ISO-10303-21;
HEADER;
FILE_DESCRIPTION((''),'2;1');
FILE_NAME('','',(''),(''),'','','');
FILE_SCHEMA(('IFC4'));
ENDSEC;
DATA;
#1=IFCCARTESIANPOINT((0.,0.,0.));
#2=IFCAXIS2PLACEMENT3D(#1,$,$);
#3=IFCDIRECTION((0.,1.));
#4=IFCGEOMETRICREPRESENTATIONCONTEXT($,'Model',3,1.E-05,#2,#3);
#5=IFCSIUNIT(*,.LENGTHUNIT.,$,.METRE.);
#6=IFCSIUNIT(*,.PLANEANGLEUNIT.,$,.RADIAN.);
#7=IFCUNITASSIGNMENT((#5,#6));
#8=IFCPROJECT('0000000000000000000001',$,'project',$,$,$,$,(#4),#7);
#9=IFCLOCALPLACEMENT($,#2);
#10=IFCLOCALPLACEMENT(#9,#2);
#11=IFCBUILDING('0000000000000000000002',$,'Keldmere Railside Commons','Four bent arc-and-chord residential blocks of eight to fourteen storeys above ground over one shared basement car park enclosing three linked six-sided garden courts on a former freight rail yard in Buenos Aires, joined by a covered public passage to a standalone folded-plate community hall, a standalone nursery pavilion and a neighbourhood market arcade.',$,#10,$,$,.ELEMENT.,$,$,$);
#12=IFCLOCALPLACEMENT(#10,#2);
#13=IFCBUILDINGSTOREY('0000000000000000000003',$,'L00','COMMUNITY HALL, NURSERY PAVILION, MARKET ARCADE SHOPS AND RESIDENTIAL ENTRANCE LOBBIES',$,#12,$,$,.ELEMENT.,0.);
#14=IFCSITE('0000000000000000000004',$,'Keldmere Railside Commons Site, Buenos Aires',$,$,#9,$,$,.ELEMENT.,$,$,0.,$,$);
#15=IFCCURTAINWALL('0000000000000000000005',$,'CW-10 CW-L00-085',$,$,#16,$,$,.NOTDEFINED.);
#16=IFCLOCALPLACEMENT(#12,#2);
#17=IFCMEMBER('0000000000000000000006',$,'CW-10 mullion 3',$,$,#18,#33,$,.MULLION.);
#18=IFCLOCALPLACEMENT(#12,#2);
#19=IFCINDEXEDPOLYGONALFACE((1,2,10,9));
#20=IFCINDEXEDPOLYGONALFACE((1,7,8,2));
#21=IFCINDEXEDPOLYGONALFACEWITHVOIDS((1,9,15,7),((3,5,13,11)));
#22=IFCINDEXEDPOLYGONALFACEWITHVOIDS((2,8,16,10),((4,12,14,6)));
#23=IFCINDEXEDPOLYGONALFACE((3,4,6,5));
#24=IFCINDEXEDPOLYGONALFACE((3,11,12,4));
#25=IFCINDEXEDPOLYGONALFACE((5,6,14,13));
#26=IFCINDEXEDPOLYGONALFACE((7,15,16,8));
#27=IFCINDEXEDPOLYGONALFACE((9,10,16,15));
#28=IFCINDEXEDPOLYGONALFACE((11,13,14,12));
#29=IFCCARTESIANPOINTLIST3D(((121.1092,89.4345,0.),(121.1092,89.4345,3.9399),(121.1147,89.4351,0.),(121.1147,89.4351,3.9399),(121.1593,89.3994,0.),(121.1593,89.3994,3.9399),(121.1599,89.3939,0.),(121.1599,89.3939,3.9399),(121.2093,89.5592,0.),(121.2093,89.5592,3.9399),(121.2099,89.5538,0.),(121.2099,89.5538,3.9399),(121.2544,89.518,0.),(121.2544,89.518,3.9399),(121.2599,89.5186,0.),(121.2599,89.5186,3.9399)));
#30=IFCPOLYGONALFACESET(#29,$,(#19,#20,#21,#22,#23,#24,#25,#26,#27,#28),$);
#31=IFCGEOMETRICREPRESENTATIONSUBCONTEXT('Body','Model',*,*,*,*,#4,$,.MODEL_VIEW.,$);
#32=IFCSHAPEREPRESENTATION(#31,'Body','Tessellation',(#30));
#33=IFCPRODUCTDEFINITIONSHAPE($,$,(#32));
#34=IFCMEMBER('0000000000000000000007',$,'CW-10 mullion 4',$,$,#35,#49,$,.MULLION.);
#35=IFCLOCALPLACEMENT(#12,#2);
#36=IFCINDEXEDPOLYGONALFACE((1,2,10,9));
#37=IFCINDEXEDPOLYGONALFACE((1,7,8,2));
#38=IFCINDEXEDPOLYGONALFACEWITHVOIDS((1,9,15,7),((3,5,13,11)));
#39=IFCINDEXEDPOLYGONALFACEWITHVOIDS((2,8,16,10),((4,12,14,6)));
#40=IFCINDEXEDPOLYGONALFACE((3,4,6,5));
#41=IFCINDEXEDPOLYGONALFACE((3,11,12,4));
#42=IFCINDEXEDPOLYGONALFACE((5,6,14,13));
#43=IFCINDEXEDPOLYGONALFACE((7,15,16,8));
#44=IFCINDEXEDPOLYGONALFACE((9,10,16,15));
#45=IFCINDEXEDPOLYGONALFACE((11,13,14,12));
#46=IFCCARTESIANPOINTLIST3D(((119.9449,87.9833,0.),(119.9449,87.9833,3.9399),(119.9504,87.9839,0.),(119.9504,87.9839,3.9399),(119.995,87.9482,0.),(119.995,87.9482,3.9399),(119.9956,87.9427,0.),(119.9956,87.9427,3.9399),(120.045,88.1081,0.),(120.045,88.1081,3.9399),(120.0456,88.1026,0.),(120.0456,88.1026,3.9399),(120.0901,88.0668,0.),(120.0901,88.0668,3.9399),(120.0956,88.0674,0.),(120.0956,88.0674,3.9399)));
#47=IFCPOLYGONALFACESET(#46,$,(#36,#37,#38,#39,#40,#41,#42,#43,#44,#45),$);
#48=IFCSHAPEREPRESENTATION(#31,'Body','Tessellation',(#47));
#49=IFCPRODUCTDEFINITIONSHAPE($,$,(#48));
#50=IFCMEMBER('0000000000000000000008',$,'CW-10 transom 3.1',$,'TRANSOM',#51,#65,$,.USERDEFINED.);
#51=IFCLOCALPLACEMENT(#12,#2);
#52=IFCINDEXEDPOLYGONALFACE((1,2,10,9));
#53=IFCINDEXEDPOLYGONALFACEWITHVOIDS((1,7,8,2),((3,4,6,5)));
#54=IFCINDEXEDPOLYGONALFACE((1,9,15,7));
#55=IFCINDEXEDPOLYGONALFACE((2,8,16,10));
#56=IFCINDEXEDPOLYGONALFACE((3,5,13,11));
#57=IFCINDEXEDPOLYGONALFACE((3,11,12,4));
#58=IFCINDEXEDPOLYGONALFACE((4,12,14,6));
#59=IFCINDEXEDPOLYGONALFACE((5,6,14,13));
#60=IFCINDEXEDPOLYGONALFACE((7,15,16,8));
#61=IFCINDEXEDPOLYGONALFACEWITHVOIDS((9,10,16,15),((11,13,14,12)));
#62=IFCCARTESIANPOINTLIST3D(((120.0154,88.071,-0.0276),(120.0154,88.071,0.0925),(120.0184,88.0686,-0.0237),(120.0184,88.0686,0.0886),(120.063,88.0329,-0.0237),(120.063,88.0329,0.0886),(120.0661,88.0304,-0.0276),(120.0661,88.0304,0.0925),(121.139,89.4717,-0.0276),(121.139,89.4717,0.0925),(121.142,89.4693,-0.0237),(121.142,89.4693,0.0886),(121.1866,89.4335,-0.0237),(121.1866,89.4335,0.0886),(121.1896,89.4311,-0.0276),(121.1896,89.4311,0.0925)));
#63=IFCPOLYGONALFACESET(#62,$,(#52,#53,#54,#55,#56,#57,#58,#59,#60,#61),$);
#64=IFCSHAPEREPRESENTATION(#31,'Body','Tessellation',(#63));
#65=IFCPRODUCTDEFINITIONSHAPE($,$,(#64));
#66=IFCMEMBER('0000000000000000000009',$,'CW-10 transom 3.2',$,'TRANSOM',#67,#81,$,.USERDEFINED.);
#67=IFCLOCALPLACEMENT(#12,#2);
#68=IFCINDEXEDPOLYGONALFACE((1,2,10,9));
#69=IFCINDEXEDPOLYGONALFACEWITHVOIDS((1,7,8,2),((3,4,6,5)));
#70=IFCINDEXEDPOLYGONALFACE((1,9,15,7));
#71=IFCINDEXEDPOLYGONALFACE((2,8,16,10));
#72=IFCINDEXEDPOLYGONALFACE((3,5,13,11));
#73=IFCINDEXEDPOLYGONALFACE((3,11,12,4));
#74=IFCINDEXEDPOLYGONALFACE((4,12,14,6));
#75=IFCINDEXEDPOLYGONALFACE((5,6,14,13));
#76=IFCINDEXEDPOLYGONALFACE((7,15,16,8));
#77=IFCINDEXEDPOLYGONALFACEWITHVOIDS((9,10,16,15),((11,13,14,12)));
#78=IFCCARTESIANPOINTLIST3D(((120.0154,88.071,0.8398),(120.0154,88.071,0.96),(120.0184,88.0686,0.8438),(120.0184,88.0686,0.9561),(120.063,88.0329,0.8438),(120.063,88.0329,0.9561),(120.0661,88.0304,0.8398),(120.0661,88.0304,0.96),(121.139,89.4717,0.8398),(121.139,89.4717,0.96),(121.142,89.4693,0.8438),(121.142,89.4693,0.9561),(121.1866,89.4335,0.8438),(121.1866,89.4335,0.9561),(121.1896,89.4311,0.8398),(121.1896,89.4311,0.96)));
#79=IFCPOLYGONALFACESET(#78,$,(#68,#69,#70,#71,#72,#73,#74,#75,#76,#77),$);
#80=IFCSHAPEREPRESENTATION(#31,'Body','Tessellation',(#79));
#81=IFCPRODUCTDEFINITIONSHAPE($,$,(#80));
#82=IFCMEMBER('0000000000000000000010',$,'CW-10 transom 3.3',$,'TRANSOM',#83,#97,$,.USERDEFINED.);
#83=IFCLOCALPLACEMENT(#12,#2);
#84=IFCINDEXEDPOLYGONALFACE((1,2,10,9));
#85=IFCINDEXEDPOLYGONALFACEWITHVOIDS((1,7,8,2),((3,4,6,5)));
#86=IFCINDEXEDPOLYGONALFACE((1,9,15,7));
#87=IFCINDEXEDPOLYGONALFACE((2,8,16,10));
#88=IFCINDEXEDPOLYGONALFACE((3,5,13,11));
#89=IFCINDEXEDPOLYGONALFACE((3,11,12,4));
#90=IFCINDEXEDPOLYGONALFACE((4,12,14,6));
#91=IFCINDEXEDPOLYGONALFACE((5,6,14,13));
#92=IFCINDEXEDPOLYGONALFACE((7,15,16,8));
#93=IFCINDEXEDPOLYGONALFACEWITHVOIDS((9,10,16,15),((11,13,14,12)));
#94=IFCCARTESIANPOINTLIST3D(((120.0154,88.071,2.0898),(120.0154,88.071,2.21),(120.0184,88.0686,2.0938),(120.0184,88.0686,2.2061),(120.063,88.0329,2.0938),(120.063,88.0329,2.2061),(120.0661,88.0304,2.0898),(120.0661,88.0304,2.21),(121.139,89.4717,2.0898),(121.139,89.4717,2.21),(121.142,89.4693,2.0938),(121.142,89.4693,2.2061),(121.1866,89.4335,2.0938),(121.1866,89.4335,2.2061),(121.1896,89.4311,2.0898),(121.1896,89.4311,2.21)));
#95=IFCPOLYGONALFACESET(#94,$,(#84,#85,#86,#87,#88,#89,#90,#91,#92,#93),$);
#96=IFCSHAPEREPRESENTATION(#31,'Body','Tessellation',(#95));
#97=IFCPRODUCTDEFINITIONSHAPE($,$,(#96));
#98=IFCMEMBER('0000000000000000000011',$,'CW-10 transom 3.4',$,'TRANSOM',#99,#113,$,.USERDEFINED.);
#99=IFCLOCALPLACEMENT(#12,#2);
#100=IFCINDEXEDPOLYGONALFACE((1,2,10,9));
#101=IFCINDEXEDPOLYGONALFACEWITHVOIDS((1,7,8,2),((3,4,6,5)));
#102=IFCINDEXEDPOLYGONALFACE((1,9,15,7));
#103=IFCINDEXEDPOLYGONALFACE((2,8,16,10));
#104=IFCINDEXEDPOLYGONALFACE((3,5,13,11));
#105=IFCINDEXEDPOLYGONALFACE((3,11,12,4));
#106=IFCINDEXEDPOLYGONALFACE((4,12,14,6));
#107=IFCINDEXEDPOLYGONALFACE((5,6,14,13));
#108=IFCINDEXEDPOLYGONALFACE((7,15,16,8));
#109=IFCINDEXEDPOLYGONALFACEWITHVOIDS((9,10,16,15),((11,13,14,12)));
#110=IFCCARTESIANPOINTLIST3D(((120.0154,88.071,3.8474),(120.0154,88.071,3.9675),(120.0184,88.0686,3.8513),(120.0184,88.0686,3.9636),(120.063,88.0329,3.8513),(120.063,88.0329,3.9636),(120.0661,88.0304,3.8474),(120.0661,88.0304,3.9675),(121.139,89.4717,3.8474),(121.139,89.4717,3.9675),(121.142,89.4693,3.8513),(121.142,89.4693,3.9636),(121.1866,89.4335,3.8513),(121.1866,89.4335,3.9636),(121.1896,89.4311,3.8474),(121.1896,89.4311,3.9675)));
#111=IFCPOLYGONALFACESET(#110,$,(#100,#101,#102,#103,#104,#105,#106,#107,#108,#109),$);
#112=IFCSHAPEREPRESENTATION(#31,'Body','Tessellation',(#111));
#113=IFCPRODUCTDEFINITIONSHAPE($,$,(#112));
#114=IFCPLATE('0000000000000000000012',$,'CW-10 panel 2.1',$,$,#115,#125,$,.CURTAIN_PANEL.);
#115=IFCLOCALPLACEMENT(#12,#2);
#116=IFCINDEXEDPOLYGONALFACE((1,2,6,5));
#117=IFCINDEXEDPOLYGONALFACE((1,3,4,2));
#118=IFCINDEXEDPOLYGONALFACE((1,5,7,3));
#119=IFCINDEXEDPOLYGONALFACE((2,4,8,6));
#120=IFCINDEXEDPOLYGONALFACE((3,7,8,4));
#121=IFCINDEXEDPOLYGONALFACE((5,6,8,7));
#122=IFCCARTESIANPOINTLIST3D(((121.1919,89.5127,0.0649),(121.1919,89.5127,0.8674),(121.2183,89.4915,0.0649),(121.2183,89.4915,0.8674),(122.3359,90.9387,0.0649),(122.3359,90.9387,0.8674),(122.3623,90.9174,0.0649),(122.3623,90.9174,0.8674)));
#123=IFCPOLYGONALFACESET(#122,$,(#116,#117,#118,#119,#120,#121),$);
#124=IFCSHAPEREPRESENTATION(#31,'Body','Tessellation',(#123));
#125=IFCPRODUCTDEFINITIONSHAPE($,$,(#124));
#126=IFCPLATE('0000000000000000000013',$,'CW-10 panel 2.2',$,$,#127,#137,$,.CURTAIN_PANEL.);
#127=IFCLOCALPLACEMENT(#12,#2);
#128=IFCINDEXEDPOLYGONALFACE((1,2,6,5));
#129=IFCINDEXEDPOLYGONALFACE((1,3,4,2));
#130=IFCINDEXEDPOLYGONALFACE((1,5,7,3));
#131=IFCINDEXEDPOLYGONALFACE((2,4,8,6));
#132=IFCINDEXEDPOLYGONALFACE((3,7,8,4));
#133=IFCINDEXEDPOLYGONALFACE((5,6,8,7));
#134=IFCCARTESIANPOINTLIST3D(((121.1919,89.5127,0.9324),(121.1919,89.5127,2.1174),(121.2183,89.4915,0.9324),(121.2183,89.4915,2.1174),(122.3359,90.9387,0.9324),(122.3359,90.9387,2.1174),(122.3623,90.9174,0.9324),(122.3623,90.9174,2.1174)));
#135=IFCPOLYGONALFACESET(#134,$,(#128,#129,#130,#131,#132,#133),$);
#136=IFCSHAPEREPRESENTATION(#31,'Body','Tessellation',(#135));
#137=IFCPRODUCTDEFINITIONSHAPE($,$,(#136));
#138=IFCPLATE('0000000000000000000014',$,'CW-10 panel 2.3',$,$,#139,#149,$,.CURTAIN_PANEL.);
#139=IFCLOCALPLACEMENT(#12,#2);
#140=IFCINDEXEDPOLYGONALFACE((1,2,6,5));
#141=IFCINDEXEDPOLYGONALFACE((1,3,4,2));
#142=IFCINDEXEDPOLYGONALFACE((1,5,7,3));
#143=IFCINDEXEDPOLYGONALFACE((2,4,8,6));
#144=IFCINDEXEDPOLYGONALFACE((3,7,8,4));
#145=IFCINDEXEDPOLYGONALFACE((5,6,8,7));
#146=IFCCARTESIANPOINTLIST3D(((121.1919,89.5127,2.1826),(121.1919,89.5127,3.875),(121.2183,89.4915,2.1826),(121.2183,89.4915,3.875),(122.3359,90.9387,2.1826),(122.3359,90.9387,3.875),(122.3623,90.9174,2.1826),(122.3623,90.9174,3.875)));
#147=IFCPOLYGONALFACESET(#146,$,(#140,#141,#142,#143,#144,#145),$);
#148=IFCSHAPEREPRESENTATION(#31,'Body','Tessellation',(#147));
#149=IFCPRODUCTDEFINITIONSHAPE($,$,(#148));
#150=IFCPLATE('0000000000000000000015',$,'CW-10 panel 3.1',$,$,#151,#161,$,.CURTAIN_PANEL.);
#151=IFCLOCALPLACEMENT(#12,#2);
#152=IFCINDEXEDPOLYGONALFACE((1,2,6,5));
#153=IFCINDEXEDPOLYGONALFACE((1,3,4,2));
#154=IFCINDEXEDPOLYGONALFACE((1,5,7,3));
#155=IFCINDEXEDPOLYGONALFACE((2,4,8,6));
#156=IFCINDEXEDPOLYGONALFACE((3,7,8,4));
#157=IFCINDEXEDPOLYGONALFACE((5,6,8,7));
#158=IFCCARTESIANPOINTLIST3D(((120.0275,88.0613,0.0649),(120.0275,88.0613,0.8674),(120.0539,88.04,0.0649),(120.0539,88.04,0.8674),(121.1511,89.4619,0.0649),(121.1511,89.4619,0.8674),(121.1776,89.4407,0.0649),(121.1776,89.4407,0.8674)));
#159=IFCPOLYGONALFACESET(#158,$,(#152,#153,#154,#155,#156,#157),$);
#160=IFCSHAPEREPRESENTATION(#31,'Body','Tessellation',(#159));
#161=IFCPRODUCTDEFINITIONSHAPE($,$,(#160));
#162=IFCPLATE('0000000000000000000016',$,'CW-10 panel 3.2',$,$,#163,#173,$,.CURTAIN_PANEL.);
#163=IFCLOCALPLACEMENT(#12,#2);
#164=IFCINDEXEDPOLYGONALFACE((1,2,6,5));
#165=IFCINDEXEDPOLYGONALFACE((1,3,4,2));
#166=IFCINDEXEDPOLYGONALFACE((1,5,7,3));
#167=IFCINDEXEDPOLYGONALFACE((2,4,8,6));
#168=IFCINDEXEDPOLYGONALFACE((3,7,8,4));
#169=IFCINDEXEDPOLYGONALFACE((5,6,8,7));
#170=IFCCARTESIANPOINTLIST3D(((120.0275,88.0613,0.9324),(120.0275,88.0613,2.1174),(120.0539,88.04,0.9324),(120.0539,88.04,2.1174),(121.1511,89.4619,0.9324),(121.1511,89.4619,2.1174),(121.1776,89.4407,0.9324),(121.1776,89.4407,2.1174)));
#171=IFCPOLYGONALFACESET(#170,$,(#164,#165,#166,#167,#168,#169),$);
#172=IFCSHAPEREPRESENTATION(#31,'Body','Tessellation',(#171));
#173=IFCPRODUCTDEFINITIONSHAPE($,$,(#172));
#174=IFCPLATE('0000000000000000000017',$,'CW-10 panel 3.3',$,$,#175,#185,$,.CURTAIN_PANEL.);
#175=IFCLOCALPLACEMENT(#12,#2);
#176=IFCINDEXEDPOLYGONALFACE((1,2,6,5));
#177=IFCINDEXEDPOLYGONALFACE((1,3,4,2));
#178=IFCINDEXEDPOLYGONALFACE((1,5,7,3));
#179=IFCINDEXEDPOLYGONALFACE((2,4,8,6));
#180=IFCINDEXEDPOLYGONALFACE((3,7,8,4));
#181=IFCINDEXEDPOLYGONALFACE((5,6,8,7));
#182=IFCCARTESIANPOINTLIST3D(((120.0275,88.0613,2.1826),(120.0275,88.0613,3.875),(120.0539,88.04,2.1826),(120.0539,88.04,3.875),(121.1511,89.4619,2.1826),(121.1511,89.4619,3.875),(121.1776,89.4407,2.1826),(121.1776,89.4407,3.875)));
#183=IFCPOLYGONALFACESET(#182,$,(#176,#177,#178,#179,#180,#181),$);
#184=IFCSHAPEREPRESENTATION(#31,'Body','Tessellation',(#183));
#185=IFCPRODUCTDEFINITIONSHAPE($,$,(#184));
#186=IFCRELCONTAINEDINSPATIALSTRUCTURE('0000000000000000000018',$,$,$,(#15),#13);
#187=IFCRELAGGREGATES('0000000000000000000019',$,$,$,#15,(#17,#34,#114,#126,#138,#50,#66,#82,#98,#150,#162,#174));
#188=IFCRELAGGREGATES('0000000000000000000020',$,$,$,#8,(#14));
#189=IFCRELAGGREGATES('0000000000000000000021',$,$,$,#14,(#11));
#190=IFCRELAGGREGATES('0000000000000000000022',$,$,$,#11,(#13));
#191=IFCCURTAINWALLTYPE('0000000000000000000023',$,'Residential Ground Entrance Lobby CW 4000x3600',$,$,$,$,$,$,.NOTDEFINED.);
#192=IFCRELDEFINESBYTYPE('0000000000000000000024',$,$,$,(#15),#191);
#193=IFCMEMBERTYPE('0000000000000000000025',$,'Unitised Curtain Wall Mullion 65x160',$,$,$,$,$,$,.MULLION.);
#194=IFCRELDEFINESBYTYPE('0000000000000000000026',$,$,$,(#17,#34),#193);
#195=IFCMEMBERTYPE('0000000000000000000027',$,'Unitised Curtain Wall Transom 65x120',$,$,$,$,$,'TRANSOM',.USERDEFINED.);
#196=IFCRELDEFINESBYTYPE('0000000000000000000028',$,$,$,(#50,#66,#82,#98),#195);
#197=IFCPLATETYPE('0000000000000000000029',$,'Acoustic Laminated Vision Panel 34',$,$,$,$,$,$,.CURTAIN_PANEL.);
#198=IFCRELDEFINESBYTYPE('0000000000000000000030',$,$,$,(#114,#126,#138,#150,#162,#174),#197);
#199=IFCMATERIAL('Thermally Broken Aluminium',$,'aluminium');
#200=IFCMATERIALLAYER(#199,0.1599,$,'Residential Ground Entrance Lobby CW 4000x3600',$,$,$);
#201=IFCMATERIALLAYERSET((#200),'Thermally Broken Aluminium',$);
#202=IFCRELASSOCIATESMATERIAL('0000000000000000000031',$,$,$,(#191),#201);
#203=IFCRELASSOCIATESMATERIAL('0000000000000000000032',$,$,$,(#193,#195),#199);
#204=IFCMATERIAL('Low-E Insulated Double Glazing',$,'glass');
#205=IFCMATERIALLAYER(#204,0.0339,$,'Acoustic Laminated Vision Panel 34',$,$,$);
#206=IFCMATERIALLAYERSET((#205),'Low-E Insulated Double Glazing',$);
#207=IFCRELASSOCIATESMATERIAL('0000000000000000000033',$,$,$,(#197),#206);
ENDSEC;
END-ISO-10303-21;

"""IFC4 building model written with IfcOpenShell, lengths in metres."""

from ifc_helpers import new_model, si_unit, direction, frame, origin, origin_2d, place, context, subcontext, project, spatial, rectangle, hollow_rectangle, extrude, material, layer, layer_set, material_profile, profile_set, type_object, element, aggregate, save


model = new_model("IFC4")

# Units and contexts
model_context = context("Model", 3, precision=1e-05, world=origin(), true_north=direction((0.0, 1.0)))
body_context = subcontext(model_context, "Body", "Model", "MODEL_VIEW")
ifc_project = project(units=[si_unit("LENGTHUNIT", "METRE"), si_unit("PLANEANGLEUNIT", "RADIAN")], contexts=[model_context])

# Site, building, storey
site_placement = place(None, origin())
site = spatial("IfcSite", under=ifc_project, at=site_placement, Name="Keldmere Railside Commons Site, Buenos Aires", CompositionType="ELEMENT", RefElevation=0.0)
building_placement = place(site_placement, origin())
building = spatial("IfcBuilding", under=site, at=building_placement, Name="Keldmere Railside Commons", Description="Four bent arc-and-chord residential blocks of eight to fourteen storeys above ground over one shared basement car park enclosing three linked six-sided garden courts on a former freight rail yard in Buenos Aires, joined by a covered public passage to a standalone folded-plate community hall, a standalone nursery pavilion and a neighbourhood market arcade.", CompositionType="ELEMENT")
storey_placement = place(building_placement, origin())
storey = spatial("IfcBuildingStorey", under=building, at=storey_placement, Name="L00", Description="COMMUNITY HALL, NURSERY PAVILION, MARKET ARCADE SHOPS AND RESIDENTIAL ENTRANCE LOBBIES", CompositionType="ELEMENT", Elevation=0.0)

# Curtain wall, members, plates
ifc_material_1 = material(Name="Thermally Broken Aluminium", Category="aluminium")
ifc_layer_1 = layer(ifc_material_1, 0.1599, Name="Residential Ground Entrance Lobby CW 4000x3600")
ifc_layer_set_1 = layer_set([ifc_layer_1], Name="Thermally Broken Aluminium")
curtain_wall_type = type_object("IfcCurtainWallType", Name="Residential Ground Entrance Lobby CW 4000x3600", PredefinedType="NOTDEFINED", material=ifc_layer_set_1)
curtain_wall_placement = place(storey_placement, origin())
curtain_wall = element("IfcCurtainWall", 1, at=curtain_wall_placement, inside=storey, type_object=curtain_wall_type, Name="CW-10 CW-L00-085", PredefinedType="NOTDEFINED")
ifc_material_profile_1 = material_profile(ifc_material_1, hollow_rectangle(XDim=0.0649, YDim=0.1599, WallThickness=0.0039, at=origin_2d()), Name="ALU-MULL-65x160")
ifc_profile_set_1 = profile_set([ifc_material_profile_1], Name="Thermally Broken Aluminium")
member_type_1 = type_object("IfcMemberType", Name="Unitised Curtain Wall Mullion 65x160", PredefinedType="MULLION", material=ifc_profile_set_1)
member_1_placement = place(storey_placement, frame((121.1846, 89.4766, 0.0), z_axis=(0.0, 0.0, 1.0), x_axis=(0.780009, -0.625768, 0.0)))
member_1 = element("IfcMember", 2, at=member_1_placement, type_object=member_type_1, Name="CW-10 mullion 3", PredefinedType="MULLION", context=body_context, shape_type="SweptSolid", body=[
    extrude(hollow_rectangle(XDim=0.0649, YDim=0.1599, WallThickness=0.0039, at=origin_2d()), origin(), (0.0, 0.0, 1.0), 3.9399),
])
member_2_placement = place(storey_placement, frame((120.0203, 88.0254, 0.0), z_axis=(0.0, 0.0, 1.0), x_axis=(0.780009, -0.625768, 0.0)))
member_2 = element("IfcMember", 3, at=member_2_placement, type_object=member_type_1, Name="CW-10 mullion 4", PredefinedType="MULLION", context=body_context, shape_type="SweptSolid", body=[
    extrude(hollow_rectangle(XDim=0.0649, YDim=0.1599, WallThickness=0.0039, at=origin_2d()), origin(), (0.0, 0.0, 1.0), 3.9399),
])
ifc_material_profile_2 = material_profile(ifc_material_1, hollow_rectangle(XDim=0.0649, YDim=0.1201, WallThickness=0.0039, at=origin_2d()), Name="ALU-TRAN-65x120")
ifc_profile_set_2 = profile_set([ifc_material_profile_2], Name="Thermally Broken Aluminium")
member_type_2 = type_object("IfcMemberType", Name="Unitised Curtain Wall Transom 65x120", ElementType="TRANSOM", PredefinedType="USERDEFINED", material=ifc_profile_set_2)
member_3_placement = place(storey_placement, frame((121.1643, 89.4514, 0.0325), z_axis=(-0.625723, -0.780046, 0.0), x_axis=(0.780046, -0.625723, 0.0)))
member_3 = element("IfcMember", 4, at=member_3_placement, type_object=member_type_2, Name="CW-10 transom 3.1", ObjectType="TRANSOM", PredefinedType="USERDEFINED", context=body_context, shape_type="SweptSolid", body=[
    extrude(hollow_rectangle(XDim=0.0649, YDim=0.1201, WallThickness=0.0039, at=origin_2d()), origin(), (0.0, 0.0, 1.0), 1.7957),
])
member_4_placement = place(storey_placement, frame((121.1643, 89.4514, 0.8999), z_axis=(-0.625723, -0.780046, 0.0), x_axis=(0.780046, -0.625723, 0.0)))
member_4 = element("IfcMember", 5, at=member_4_placement, type_object=member_type_2, Name="CW-10 transom 3.2", ObjectType="TRANSOM", PredefinedType="USERDEFINED", context=body_context, shape_type="SweptSolid", body=[
    extrude(hollow_rectangle(XDim=0.0649, YDim=0.1201, WallThickness=0.0039, at=origin_2d()), origin(), (0.0, 0.0, 1.0), 1.7957),
])
member_5_placement = place(storey_placement, frame((121.1643, 89.4514, 2.1499), z_axis=(-0.625723, -0.780046, 0.0), x_axis=(0.780046, -0.625723, 0.0)))
member_5 = element("IfcMember", 6, at=member_5_placement, type_object=member_type_2, Name="CW-10 transom 3.3", ObjectType="TRANSOM", PredefinedType="USERDEFINED", context=body_context, shape_type="SweptSolid", body=[
    extrude(hollow_rectangle(XDim=0.0649, YDim=0.1201, WallThickness=0.0039, at=origin_2d()), origin(), (0.0, 0.0, 1.0), 1.7957),
])
member_6_placement = place(storey_placement, frame((121.1643, 89.4514, 3.9075), z_axis=(-0.625723, -0.780046, 0.0), x_axis=(0.780046, -0.625723, 0.0)))
member_6 = element("IfcMember", 7, at=member_6_placement, type_object=member_type_2, Name="CW-10 transom 3.4", ObjectType="TRANSOM", PredefinedType="USERDEFINED", context=body_context, shape_type="SweptSolid", body=[
    extrude(hollow_rectangle(XDim=0.0649, YDim=0.1201, WallThickness=0.0039, at=origin_2d()), origin(), (0.0, 0.0, 1.0), 1.7957),
])
ifc_material_2 = material(Name="Low-E Insulated Double Glazing", Category="glass")
ifc_layer_2 = layer(ifc_material_2, 0.0339, Name="Acoustic Laminated Vision Panel 34")
ifc_layer_set_2 = layer_set([ifc_layer_2], Name="Low-E Insulated Double Glazing")
plate_type = type_object("IfcPlateType", Name="Acoustic Laminated Vision Panel 34", PredefinedType="CURTAIN_PANEL", material=ifc_layer_set_2)
plate_1_placement = place(storey_placement, frame((121.7771, 90.2151, 0.0649), z_axis=(0.0, 0.0, 1.0), x_axis=(-0.625768, -0.780009, 0.0)))
plate_1 = element("IfcPlate", 8, at=plate_1_placement, type_object=plate_type, Name="CW-10 panel 2.1", PredefinedType="CURTAIN_PANEL", context=body_context, shape_type="SweptSolid", body=[
    extrude(rectangle(XDim=1.8281, YDim=0.0339, at=origin_2d()), origin(), (0.0, 0.0, 1.0), 0.8025),
])
plate_2_placement = place(storey_placement, frame((121.7771, 90.2151, 0.9324), z_axis=(0.0, 0.0, 1.0), x_axis=(-0.625768, -0.780009, 0.0)))
plate_2 = element("IfcPlate", 9, at=plate_2_placement, type_object=plate_type, Name="CW-10 panel 2.2", PredefinedType="CURTAIN_PANEL", context=body_context, shape_type="SweptSolid", body=[
    extrude(rectangle(XDim=1.8281, YDim=0.0339, at=origin_2d()), origin(), (0.0, 0.0, 1.0), 1.1851),
])
plate_3_placement = place(storey_placement, frame((121.7771, 90.2151, 2.1826), z_axis=(0.0, 0.0, 1.0), x_axis=(-0.625768, -0.780009, 0.0)))
plate_3 = element("IfcPlate", 10, at=plate_3_placement, type_object=plate_type, Name="CW-10 panel 2.3", PredefinedType="CURTAIN_PANEL", context=body_context, shape_type="SweptSolid", body=[
    extrude(rectangle(XDim=1.8281, YDim=0.0339, at=origin_2d()), origin(), (0.0, 0.0, 1.0), 1.6924),
])
plate_4_placement = place(storey_placement, frame((120.6025, 88.751, 0.0649), z_axis=(0.0, 0.0, 1.0), x_axis=(-0.625768, -0.780009, 0.0)))
plate_4 = element("IfcPlate", 11, at=plate_4_placement, type_object=plate_type, Name="CW-10 panel 3.1", PredefinedType="CURTAIN_PANEL", context=body_context, shape_type="SweptSolid", body=[
    extrude(rectangle(XDim=1.7957, YDim=0.0339, at=origin_2d()), origin(), (0.0, 0.0, 1.0), 0.8025),
])
plate_5_placement = place(storey_placement, frame((120.6025, 88.751, 0.9324), z_axis=(0.0, 0.0, 1.0), x_axis=(-0.625768, -0.780009, 0.0)))
plate_5 = element("IfcPlate", 12, at=plate_5_placement, type_object=plate_type, Name="CW-10 panel 3.2", PredefinedType="CURTAIN_PANEL", context=body_context, shape_type="SweptSolid", body=[
    extrude(rectangle(XDim=1.7957, YDim=0.0339, at=origin_2d()), origin(), (0.0, 0.0, 1.0), 1.1851),
])
plate_6_placement = place(storey_placement, frame((120.6025, 88.751, 2.1826), z_axis=(0.0, 0.0, 1.0), x_axis=(-0.625768, -0.780009, 0.0)))
plate_6 = element("IfcPlate", 13, at=plate_6_placement, type_object=plate_type, Name="CW-10 panel 3.3", PredefinedType="CURTAIN_PANEL", context=body_context, shape_type="SweptSolid", body=[
    extrude(rectangle(XDim=1.7957, YDim=0.0339, at=origin_2d()), origin(), (0.0, 0.0, 1.0), 1.6924),
])
aggregate(curtain_wall, [member_1, member_2, plate_1, plate_2, plate_3, member_3, member_4, member_5, member_6, plate_4, plate_5, plate_6])

save(model, "model.ifc")
